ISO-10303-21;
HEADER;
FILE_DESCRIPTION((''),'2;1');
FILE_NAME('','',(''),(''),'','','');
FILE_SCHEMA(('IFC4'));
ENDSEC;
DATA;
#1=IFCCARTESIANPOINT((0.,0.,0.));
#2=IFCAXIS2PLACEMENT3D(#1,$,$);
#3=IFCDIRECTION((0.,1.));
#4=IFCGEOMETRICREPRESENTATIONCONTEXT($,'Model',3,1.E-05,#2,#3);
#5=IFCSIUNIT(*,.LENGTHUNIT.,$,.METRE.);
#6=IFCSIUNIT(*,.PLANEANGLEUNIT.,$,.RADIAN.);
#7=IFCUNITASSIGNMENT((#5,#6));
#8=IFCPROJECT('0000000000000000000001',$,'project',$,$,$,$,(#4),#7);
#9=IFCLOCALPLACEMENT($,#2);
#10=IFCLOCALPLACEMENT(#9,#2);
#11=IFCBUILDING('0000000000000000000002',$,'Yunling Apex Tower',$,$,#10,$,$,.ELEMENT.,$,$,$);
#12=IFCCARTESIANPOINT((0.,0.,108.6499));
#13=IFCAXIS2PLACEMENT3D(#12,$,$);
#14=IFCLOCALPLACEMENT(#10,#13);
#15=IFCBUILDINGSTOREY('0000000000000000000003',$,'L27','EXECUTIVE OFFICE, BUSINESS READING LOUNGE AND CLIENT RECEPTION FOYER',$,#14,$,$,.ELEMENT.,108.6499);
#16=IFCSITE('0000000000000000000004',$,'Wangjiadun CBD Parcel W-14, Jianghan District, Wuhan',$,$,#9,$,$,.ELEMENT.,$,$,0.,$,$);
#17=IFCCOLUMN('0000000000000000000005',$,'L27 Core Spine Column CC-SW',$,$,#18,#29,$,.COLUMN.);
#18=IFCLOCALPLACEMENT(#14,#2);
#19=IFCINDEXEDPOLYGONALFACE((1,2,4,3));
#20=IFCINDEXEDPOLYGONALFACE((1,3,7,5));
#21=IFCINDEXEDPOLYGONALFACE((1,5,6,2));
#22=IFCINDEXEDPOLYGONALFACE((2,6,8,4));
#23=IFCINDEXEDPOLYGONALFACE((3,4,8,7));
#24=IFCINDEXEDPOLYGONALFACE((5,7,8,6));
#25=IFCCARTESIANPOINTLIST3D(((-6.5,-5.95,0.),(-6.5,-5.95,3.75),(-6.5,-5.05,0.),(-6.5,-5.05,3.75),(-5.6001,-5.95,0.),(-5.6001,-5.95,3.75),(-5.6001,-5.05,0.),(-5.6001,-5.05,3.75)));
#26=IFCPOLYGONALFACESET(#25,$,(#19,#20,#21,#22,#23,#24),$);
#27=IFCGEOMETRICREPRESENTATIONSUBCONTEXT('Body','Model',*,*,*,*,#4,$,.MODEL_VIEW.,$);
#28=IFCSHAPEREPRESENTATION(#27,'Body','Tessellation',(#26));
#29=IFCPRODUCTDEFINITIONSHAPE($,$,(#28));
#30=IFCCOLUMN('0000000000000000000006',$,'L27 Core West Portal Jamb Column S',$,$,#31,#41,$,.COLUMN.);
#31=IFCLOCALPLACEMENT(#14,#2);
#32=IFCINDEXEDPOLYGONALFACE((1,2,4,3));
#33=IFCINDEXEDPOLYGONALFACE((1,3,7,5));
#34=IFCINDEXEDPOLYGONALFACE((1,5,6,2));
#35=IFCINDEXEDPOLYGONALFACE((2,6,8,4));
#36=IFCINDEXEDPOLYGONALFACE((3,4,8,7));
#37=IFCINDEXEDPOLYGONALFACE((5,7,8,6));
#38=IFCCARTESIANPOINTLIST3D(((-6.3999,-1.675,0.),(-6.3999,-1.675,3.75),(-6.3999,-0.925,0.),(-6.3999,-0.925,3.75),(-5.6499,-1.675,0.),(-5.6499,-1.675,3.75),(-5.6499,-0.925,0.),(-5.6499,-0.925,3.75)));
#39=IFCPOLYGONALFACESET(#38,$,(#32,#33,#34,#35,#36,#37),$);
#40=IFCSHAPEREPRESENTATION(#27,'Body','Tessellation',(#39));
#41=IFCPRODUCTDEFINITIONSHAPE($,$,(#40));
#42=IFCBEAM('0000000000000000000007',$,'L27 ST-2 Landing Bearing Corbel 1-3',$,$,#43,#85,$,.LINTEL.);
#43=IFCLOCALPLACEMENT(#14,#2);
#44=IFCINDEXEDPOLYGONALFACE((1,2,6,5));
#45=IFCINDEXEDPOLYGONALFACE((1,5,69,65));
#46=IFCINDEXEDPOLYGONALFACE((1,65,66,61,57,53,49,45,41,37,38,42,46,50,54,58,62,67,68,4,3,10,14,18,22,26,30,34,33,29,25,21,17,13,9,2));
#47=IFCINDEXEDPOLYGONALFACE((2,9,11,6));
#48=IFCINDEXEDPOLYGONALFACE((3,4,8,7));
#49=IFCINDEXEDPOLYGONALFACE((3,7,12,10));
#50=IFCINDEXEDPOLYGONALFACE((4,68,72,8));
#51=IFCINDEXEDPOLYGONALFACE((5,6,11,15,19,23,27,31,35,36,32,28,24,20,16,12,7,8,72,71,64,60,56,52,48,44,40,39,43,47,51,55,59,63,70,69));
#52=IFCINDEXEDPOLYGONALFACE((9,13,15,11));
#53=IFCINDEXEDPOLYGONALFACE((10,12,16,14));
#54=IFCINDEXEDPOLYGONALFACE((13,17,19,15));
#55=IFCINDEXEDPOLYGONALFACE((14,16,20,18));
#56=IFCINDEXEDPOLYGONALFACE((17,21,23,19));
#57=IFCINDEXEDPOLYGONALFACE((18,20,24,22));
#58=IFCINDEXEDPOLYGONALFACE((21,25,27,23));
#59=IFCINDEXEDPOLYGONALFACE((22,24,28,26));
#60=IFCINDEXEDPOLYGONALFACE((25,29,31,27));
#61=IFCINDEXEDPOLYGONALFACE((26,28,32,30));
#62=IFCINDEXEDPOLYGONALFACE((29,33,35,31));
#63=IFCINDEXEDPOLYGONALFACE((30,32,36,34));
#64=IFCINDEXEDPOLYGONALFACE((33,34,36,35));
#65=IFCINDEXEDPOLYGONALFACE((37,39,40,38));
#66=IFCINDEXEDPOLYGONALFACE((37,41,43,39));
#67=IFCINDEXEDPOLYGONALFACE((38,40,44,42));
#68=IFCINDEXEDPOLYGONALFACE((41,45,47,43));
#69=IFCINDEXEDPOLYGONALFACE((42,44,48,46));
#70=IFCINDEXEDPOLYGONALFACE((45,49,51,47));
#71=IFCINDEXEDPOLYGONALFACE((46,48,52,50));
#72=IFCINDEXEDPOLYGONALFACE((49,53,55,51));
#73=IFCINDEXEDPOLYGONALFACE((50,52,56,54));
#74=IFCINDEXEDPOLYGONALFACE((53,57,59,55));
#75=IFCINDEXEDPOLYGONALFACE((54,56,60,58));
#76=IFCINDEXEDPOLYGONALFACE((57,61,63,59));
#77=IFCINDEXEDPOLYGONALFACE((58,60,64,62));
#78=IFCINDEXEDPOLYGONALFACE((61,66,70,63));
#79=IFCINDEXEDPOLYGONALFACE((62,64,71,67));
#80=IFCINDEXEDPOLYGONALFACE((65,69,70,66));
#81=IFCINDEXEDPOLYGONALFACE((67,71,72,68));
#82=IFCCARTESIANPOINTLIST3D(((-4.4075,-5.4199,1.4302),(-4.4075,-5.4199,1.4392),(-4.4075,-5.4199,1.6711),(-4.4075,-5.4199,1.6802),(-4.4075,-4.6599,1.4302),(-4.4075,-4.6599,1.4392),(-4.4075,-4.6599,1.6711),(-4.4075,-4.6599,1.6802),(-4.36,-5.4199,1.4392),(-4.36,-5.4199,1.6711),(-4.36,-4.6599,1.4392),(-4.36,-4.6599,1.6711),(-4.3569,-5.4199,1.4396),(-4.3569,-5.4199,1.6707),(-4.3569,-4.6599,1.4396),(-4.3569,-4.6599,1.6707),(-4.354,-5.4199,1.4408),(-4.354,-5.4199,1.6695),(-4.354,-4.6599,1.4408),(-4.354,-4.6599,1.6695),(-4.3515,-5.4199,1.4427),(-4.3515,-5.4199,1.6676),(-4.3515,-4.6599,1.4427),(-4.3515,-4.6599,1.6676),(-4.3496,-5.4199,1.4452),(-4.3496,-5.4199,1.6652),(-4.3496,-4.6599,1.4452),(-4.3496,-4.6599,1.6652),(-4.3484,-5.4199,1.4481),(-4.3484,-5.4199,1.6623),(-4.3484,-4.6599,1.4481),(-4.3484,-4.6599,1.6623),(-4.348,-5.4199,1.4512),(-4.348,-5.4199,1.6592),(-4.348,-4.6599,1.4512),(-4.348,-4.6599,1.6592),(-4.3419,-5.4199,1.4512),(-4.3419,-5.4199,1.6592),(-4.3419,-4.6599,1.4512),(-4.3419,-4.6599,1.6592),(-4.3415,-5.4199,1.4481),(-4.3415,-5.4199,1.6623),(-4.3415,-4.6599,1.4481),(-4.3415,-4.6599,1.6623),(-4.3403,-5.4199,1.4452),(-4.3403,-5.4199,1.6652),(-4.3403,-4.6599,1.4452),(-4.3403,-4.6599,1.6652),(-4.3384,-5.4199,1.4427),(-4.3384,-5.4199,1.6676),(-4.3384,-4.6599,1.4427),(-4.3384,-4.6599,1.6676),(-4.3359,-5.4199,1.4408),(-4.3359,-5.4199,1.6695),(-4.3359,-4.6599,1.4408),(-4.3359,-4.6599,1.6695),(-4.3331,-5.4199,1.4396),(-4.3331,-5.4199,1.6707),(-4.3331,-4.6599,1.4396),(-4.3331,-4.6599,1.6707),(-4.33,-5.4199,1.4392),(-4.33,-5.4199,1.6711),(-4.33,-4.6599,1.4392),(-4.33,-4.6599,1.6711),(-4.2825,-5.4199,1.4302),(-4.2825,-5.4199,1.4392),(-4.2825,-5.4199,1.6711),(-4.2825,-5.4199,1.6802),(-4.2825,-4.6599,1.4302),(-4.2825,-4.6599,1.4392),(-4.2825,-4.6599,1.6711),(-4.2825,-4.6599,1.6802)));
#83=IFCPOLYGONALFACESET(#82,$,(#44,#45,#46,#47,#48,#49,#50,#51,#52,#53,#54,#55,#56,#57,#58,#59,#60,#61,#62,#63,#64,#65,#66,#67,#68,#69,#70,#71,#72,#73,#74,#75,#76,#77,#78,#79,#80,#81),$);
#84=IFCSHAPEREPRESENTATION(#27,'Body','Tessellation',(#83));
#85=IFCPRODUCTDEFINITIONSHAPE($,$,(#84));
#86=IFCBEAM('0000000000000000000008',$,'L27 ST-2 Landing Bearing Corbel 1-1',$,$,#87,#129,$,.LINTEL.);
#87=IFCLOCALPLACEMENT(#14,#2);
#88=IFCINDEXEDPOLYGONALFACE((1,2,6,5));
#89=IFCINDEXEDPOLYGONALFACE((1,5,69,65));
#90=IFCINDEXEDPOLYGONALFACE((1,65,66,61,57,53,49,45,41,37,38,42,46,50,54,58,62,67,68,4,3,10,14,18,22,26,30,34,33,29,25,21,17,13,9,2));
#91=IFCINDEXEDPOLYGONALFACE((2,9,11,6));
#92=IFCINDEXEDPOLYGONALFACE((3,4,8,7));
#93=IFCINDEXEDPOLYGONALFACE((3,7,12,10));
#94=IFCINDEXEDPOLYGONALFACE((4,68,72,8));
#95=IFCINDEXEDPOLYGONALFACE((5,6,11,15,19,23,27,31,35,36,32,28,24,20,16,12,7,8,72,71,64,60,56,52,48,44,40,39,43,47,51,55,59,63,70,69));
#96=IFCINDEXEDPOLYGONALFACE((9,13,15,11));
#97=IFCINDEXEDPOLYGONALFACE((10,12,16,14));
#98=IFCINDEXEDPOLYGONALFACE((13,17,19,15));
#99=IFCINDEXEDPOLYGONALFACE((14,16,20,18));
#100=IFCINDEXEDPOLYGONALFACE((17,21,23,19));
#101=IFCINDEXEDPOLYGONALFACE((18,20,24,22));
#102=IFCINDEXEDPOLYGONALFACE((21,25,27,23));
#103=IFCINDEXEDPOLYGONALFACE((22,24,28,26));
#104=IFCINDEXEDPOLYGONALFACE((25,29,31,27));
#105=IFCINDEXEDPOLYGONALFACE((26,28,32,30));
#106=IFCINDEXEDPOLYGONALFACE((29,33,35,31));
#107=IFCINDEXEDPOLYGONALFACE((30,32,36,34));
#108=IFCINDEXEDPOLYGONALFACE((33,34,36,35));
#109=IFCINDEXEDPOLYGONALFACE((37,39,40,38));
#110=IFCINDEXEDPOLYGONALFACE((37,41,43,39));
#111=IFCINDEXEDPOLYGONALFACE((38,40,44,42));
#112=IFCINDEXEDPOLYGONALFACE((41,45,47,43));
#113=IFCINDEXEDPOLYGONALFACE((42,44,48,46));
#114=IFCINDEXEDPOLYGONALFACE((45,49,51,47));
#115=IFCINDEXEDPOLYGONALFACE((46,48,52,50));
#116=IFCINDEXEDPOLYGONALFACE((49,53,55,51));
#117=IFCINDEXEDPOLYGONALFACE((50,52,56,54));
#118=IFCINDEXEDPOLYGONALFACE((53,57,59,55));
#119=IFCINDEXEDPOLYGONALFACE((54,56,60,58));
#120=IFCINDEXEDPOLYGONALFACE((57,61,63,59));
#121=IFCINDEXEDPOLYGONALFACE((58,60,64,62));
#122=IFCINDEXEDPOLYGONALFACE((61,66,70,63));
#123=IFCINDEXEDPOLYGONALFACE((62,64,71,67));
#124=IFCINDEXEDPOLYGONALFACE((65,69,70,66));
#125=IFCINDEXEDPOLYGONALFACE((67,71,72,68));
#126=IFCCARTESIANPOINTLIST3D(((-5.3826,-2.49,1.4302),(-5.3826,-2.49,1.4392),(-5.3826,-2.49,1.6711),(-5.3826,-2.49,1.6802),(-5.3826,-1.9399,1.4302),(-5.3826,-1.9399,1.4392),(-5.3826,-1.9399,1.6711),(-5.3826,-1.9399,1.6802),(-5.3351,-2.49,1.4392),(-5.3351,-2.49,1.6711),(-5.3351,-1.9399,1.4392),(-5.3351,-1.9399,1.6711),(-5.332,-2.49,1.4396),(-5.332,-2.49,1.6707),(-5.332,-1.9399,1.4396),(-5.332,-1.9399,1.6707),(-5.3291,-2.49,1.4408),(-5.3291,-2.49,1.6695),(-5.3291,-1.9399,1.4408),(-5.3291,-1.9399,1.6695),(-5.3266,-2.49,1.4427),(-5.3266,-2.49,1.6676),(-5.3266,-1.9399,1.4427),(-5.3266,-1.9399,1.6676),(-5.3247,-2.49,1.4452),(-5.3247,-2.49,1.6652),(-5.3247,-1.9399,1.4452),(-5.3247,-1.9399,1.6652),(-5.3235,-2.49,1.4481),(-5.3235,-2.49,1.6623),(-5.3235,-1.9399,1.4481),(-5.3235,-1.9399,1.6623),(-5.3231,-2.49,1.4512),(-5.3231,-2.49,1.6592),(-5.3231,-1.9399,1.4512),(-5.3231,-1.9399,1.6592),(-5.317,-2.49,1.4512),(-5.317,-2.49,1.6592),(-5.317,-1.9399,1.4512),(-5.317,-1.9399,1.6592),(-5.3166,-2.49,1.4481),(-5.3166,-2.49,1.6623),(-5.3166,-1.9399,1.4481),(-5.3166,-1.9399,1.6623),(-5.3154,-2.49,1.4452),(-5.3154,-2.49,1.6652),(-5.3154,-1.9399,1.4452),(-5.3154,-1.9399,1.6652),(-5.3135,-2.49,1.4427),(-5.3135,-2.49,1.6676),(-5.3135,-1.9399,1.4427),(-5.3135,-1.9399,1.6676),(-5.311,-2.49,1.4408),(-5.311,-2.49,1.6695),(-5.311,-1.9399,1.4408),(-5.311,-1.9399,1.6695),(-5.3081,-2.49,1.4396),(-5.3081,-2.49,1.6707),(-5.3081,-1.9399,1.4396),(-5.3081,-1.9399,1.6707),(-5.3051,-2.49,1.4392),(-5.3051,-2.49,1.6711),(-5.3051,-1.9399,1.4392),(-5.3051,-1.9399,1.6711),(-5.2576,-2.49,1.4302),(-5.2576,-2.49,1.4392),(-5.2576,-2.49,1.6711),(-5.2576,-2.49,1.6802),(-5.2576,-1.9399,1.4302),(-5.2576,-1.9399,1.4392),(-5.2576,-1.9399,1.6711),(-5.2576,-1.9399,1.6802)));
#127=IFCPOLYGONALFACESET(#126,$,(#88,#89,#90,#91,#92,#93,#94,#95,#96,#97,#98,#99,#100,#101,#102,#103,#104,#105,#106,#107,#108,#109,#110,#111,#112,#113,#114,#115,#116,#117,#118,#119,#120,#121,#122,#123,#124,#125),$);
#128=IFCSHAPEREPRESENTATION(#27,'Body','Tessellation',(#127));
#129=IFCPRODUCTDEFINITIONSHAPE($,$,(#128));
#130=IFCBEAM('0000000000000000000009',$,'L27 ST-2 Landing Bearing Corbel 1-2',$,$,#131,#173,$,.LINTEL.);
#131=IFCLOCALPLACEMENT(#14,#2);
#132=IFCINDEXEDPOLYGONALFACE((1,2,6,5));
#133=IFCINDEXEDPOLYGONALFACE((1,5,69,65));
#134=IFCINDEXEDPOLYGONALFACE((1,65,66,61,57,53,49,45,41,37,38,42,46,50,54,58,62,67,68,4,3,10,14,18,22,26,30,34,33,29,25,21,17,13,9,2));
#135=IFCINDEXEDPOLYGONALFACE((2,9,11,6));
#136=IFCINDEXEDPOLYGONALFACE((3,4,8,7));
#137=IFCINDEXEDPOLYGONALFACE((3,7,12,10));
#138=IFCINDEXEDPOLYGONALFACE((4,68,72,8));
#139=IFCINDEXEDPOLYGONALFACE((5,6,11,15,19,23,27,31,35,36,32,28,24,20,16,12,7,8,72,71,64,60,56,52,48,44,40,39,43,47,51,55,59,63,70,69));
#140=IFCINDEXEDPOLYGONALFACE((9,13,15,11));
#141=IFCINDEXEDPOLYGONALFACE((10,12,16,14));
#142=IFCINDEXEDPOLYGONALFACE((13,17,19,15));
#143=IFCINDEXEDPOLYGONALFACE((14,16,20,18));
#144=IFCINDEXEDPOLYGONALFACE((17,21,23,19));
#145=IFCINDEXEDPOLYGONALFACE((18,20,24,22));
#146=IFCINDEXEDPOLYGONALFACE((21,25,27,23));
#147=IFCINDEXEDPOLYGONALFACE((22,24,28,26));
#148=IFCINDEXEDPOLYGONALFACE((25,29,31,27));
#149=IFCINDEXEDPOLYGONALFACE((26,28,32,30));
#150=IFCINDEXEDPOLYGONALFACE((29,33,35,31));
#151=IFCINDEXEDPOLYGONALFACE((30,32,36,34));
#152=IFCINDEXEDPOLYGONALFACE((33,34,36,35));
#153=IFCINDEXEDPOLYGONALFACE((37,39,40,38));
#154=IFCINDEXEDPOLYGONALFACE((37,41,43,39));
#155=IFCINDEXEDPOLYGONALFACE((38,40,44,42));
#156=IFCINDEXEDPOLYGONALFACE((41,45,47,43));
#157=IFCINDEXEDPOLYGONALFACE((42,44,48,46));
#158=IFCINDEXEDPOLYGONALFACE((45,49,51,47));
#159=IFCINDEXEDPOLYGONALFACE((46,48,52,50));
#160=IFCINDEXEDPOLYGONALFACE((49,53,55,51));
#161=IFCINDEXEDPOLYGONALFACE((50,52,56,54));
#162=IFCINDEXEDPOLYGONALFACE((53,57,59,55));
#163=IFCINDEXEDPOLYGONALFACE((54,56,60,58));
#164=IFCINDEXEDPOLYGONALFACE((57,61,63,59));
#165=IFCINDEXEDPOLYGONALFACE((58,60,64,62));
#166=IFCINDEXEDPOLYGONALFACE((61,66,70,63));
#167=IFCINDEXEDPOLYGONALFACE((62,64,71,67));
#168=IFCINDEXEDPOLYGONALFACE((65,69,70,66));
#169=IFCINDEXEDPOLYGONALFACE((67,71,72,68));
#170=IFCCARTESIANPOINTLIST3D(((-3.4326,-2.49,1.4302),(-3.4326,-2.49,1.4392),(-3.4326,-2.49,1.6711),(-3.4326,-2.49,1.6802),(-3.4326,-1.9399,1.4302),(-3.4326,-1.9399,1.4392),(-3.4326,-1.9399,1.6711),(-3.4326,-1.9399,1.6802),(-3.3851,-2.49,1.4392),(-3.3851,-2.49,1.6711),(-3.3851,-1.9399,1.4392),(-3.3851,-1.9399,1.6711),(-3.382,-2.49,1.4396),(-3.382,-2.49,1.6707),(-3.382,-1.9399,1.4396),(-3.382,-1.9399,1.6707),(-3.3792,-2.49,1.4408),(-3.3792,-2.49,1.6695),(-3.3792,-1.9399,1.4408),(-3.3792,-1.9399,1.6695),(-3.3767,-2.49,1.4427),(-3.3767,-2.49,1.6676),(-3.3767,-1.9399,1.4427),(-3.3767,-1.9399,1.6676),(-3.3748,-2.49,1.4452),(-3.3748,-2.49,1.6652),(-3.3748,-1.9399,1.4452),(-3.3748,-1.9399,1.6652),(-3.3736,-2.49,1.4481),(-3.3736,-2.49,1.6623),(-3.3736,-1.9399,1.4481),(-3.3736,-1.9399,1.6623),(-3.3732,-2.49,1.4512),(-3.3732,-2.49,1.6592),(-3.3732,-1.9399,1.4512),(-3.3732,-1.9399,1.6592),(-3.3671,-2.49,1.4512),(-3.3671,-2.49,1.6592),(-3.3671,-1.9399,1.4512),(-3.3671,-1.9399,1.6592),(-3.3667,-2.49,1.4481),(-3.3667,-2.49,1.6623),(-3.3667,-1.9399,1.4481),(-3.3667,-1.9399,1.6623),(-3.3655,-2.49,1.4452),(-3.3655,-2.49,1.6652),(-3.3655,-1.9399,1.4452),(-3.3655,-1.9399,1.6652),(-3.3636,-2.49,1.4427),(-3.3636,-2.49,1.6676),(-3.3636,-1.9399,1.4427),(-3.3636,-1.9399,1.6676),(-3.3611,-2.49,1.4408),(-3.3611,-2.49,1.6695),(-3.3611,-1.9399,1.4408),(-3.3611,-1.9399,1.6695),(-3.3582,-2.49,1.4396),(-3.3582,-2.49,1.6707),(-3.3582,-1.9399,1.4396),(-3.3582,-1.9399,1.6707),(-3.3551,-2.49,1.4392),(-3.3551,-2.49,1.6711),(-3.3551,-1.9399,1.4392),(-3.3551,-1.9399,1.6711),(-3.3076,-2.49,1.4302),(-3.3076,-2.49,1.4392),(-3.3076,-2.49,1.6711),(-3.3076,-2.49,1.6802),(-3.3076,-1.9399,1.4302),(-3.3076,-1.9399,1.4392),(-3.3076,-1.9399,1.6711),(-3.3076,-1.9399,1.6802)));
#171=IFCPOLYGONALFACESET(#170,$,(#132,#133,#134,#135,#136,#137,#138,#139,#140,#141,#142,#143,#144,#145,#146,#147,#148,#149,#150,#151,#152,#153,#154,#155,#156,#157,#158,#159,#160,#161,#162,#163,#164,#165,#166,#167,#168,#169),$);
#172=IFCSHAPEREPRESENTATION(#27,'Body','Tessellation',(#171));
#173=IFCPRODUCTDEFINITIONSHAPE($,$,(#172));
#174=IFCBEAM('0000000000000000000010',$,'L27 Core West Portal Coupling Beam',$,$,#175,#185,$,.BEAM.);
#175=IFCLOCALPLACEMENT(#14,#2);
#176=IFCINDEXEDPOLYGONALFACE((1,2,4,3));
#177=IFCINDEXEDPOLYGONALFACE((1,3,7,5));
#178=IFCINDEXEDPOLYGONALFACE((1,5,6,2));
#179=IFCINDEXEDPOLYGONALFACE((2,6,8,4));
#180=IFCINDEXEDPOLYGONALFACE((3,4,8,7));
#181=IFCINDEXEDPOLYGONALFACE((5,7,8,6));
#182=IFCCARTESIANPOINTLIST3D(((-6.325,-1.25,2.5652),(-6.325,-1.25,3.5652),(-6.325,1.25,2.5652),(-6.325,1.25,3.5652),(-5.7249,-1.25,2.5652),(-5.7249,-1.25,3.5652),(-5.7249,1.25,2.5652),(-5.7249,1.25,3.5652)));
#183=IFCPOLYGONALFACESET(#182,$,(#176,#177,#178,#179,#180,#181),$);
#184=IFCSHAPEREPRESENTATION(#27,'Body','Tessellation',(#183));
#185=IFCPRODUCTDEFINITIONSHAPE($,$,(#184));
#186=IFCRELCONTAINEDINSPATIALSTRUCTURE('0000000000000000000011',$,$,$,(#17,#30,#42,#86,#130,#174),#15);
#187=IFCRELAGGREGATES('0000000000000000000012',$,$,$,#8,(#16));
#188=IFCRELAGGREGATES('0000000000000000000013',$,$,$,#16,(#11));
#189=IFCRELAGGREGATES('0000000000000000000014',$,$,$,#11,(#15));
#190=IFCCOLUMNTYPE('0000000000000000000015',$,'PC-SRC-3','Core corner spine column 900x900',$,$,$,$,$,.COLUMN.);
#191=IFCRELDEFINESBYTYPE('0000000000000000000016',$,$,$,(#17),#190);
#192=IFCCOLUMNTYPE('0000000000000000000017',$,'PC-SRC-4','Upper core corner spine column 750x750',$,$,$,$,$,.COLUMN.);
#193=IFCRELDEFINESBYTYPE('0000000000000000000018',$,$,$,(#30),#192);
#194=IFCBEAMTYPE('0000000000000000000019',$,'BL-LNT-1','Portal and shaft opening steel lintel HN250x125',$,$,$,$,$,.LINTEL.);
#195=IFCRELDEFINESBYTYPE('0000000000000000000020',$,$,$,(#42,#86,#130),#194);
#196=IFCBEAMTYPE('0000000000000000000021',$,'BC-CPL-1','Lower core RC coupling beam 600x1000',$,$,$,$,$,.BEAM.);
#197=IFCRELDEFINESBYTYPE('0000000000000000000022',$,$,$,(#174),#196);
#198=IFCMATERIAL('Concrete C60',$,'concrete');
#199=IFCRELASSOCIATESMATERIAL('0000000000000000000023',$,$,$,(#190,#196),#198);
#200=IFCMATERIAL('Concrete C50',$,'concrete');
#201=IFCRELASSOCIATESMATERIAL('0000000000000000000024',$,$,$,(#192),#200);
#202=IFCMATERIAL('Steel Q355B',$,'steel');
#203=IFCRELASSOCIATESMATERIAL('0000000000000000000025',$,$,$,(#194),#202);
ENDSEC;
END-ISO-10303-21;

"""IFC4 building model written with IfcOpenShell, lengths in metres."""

from ifc_helpers import new_model, si_unit, direction, frame, origin, origin_2d, place, context, subcontext, project, spatial, rectangle, i_section, extrude, source, transform, mapped, material, material_profile, profile_set, type_object, element, save


model = new_model("IFC4")

# Units and contexts
model_context = context("Model", 3, precision=1e-05, world=origin(), true_north=direction((0.0, 1.0)))
body_context = subcontext(model_context, "Body", "Model", "MODEL_VIEW")
ifc_project = project(units=[si_unit("LENGTHUNIT", "METRE"), si_unit("PLANEANGLEUNIT", "RADIAN")], contexts=[model_context])

# Site, building, storey
site_placement = place(None, origin())
site = spatial("IfcSite", under=ifc_project, at=site_placement, Name="Wangjiadun CBD Parcel W-14, Jianghan District, Wuhan", CompositionType="ELEMENT", RefElevation=0.0)
building_placement = place(site_placement, origin())
building = spatial("IfcBuilding", under=site, at=building_placement, Name="Yunling Apex Tower", CompositionType="ELEMENT")
storey_placement = place(building_placement, frame((0.0, 0.0, 108.6499)))
storey = spatial("IfcBuildingStorey", under=building, at=storey_placement, Name="L27", Description="EXECUTIVE OFFICE, BUSINESS READING LOUNGE AND CLIENT RECEPTION FOYER", CompositionType="ELEMENT", Elevation=108.6499)

# Columns
ifc_material_1 = material(Name="Concrete C60", Category="concrete")
ifc_material_profile_1 = material_profile(ifc_material_1, rectangle(XDim=0.8999, YDim=0.8999, at=origin_2d()))
ifc_profile_set_1 = profile_set([ifc_material_profile_1], Name="Concrete C60")
column_type_1 = type_object("IfcColumnType", Name="PC-SRC-3", Description="Core corner spine column 900x900", PredefinedType="COLUMN", material=ifc_profile_set_1)
shared_shape_1 = source(origin(), body_context, "Body", "SweptSolid", [
    extrude(rectangle(XDim=0.8999, YDim=0.8999, at=origin_2d()), origin(), (0.0, 0.0, 1.0), 3.75),
])
column_1_placement = place(storey_placement, frame((-6.05, -5.5, 0.0), z_axis=(0.0, 0.0, 1.0), x_axis=(1.0, 0.0, 0.0)))
element("IfcColumn", 1, at=column_1_placement, inside=storey, type_object=column_type_1, Name="L27 Core Spine Column CC-SW", PredefinedType="COLUMN", context=body_context, shape_type="MappedRepresentation", body=[
    mapped(shared_shape_1, transform((0.0, 0.0, 0.0), scale=1.0)),
])
ifc_material_2 = material(Name="Concrete C50", Category="concrete")
ifc_material_profile_2 = material_profile(ifc_material_2, rectangle(XDim=0.75, YDim=0.75, at=origin_2d()))
ifc_profile_set_2 = profile_set([ifc_material_profile_2], Name="Concrete C50")
column_type_2 = type_object("IfcColumnType", Name="PC-SRC-4", Description="Upper core corner spine column 750x750", PredefinedType="COLUMN", material=ifc_profile_set_2)
shared_shape_2 = source(origin(), body_context, "Body", "SweptSolid", [
    extrude(rectangle(XDim=0.75, YDim=0.75, at=origin_2d()), origin(), (0.0, 0.0, 1.0), 3.75),
])
column_2_placement = place(storey_placement, frame((-6.0249, -1.3, 0.0), z_axis=(0.0, 0.0, 1.0), x_axis=(1.0, 0.0, 0.0)))
element("IfcColumn", 2, at=column_2_placement, inside=storey, type_object=column_type_2, Name="L27 Core West Portal Jamb Column S", PredefinedType="COLUMN", context=body_context, shape_type="MappedRepresentation", body=[
    mapped(shared_shape_2, transform((0.0, 0.0, 0.0), scale=1.0)),
])

# Beams
ifc_material_3 = material(Name="Steel Q355B", Category="steel")
ifc_material_profile_3 = material_profile(ifc_material_3, i_section(OverallWidth=0.125, OverallDepth=0.25, WebThickness=0.0061, FlangeThickness=0.009, FilletRadius=0.012, at=origin_2d()))
ifc_profile_set_3 = profile_set([ifc_material_profile_3], Name="Steel Q355B")
beam_type_1 = type_object("IfcBeamType", Name="BL-LNT-1", Description="Portal and shaft opening steel lintel HN250x125", PredefinedType="LINTEL", material=ifc_profile_set_3)
shared_shape_3 = source(origin(), body_context, "Body", "SweptSolid", [
    extrude(i_section(OverallWidth=0.125, OverallDepth=0.25, WebThickness=0.0061, FlangeThickness=0.009, FilletRadius=0.012, at=origin_2d()), origin(), (0.0, 0.0, 1.0), 0.76),
])
beam_1_placement = place(storey_placement, frame((-4.345, -5.4199, 1.5552), z_axis=(0.0, 1.0, 0.0), x_axis=(-1.0, 0.0, 0.0)))
element("IfcBeam", 3, at=beam_1_placement, inside=storey, type_object=beam_type_1, Name="L27 ST-2 Landing Bearing Corbel 1-3", PredefinedType="LINTEL", context=body_context, shape_type="MappedRepresentation", body=[
    mapped(shared_shape_3, transform((0.0, 0.0, 0.0), scale=1.0)),
])
shared_shape_4 = source(origin(), body_context, "Body", "SweptSolid", [
    extrude(i_section(OverallWidth=0.125, OverallDepth=0.25, WebThickness=0.0061, FlangeThickness=0.009, FilletRadius=0.012, at=origin_2d()), origin(), (0.0, 0.0, 1.0), 0.55),
])
for number, where, z_axis, x_axis, name in (
    (4, (-5.3201, -1.9399, 1.5552), (0.0, -1.0, 0.0), (1.0, 0.0, 0.0), "L27 ST-2 Landing Bearing Corbel 1-1"),
    (5, (-3.3701, -1.9399, 1.5552), (0.0, -1.0, 0.0), (1.0, 0.0, 0.0), "L27 ST-2 Landing Bearing Corbel 1-2"),
):
    element("IfcBeam", number, at=place(storey_placement, frame(where, z_axis=z_axis, x_axis=x_axis)), inside=storey, type_object=beam_type_1, Name=name, PredefinedType="LINTEL", context=body_context, shape_type="MappedRepresentation", body=[
        mapped(shared_shape_4, transform((0.0, 0.0, 0.0), scale=1.0)),
    ])
ifc_material_profile_4 = material_profile(ifc_material_1, rectangle(XDim=0.6001, YDim=1.0, at=origin_2d()))
ifc_profile_set_4 = profile_set([ifc_material_profile_4], Name="Concrete C60")
beam_type_2 = type_object("IfcBeamType", Name="BC-CPL-1", Description="Lower core RC coupling beam 600x1000", PredefinedType="BEAM", material=ifc_profile_set_4)
shared_shape_5 = source(origin(), body_context, "Body", "SweptSolid", [
    extrude(rectangle(XDim=0.6001, YDim=1.0, at=origin_2d()), origin(), (0.0, 0.0, 1.0), 2.5),
])
beam_2_placement = place(storey_placement, frame((-6.0249, -1.25, 3.0652), z_axis=(0.0, 1.0, 0.0), x_axis=(-1.0, 0.0, 0.0)))
element("IfcBeam", 6, at=beam_2_placement, inside=storey, type_object=beam_type_2, Name="L27 Core West Portal Coupling Beam", PredefinedType="BEAM", context=body_context, shape_type="MappedRepresentation", body=[
    mapped(shared_shape_5, transform((0.0, 0.0, 0.0), scale=1.0)),
])

save(model, "model.ifc")
